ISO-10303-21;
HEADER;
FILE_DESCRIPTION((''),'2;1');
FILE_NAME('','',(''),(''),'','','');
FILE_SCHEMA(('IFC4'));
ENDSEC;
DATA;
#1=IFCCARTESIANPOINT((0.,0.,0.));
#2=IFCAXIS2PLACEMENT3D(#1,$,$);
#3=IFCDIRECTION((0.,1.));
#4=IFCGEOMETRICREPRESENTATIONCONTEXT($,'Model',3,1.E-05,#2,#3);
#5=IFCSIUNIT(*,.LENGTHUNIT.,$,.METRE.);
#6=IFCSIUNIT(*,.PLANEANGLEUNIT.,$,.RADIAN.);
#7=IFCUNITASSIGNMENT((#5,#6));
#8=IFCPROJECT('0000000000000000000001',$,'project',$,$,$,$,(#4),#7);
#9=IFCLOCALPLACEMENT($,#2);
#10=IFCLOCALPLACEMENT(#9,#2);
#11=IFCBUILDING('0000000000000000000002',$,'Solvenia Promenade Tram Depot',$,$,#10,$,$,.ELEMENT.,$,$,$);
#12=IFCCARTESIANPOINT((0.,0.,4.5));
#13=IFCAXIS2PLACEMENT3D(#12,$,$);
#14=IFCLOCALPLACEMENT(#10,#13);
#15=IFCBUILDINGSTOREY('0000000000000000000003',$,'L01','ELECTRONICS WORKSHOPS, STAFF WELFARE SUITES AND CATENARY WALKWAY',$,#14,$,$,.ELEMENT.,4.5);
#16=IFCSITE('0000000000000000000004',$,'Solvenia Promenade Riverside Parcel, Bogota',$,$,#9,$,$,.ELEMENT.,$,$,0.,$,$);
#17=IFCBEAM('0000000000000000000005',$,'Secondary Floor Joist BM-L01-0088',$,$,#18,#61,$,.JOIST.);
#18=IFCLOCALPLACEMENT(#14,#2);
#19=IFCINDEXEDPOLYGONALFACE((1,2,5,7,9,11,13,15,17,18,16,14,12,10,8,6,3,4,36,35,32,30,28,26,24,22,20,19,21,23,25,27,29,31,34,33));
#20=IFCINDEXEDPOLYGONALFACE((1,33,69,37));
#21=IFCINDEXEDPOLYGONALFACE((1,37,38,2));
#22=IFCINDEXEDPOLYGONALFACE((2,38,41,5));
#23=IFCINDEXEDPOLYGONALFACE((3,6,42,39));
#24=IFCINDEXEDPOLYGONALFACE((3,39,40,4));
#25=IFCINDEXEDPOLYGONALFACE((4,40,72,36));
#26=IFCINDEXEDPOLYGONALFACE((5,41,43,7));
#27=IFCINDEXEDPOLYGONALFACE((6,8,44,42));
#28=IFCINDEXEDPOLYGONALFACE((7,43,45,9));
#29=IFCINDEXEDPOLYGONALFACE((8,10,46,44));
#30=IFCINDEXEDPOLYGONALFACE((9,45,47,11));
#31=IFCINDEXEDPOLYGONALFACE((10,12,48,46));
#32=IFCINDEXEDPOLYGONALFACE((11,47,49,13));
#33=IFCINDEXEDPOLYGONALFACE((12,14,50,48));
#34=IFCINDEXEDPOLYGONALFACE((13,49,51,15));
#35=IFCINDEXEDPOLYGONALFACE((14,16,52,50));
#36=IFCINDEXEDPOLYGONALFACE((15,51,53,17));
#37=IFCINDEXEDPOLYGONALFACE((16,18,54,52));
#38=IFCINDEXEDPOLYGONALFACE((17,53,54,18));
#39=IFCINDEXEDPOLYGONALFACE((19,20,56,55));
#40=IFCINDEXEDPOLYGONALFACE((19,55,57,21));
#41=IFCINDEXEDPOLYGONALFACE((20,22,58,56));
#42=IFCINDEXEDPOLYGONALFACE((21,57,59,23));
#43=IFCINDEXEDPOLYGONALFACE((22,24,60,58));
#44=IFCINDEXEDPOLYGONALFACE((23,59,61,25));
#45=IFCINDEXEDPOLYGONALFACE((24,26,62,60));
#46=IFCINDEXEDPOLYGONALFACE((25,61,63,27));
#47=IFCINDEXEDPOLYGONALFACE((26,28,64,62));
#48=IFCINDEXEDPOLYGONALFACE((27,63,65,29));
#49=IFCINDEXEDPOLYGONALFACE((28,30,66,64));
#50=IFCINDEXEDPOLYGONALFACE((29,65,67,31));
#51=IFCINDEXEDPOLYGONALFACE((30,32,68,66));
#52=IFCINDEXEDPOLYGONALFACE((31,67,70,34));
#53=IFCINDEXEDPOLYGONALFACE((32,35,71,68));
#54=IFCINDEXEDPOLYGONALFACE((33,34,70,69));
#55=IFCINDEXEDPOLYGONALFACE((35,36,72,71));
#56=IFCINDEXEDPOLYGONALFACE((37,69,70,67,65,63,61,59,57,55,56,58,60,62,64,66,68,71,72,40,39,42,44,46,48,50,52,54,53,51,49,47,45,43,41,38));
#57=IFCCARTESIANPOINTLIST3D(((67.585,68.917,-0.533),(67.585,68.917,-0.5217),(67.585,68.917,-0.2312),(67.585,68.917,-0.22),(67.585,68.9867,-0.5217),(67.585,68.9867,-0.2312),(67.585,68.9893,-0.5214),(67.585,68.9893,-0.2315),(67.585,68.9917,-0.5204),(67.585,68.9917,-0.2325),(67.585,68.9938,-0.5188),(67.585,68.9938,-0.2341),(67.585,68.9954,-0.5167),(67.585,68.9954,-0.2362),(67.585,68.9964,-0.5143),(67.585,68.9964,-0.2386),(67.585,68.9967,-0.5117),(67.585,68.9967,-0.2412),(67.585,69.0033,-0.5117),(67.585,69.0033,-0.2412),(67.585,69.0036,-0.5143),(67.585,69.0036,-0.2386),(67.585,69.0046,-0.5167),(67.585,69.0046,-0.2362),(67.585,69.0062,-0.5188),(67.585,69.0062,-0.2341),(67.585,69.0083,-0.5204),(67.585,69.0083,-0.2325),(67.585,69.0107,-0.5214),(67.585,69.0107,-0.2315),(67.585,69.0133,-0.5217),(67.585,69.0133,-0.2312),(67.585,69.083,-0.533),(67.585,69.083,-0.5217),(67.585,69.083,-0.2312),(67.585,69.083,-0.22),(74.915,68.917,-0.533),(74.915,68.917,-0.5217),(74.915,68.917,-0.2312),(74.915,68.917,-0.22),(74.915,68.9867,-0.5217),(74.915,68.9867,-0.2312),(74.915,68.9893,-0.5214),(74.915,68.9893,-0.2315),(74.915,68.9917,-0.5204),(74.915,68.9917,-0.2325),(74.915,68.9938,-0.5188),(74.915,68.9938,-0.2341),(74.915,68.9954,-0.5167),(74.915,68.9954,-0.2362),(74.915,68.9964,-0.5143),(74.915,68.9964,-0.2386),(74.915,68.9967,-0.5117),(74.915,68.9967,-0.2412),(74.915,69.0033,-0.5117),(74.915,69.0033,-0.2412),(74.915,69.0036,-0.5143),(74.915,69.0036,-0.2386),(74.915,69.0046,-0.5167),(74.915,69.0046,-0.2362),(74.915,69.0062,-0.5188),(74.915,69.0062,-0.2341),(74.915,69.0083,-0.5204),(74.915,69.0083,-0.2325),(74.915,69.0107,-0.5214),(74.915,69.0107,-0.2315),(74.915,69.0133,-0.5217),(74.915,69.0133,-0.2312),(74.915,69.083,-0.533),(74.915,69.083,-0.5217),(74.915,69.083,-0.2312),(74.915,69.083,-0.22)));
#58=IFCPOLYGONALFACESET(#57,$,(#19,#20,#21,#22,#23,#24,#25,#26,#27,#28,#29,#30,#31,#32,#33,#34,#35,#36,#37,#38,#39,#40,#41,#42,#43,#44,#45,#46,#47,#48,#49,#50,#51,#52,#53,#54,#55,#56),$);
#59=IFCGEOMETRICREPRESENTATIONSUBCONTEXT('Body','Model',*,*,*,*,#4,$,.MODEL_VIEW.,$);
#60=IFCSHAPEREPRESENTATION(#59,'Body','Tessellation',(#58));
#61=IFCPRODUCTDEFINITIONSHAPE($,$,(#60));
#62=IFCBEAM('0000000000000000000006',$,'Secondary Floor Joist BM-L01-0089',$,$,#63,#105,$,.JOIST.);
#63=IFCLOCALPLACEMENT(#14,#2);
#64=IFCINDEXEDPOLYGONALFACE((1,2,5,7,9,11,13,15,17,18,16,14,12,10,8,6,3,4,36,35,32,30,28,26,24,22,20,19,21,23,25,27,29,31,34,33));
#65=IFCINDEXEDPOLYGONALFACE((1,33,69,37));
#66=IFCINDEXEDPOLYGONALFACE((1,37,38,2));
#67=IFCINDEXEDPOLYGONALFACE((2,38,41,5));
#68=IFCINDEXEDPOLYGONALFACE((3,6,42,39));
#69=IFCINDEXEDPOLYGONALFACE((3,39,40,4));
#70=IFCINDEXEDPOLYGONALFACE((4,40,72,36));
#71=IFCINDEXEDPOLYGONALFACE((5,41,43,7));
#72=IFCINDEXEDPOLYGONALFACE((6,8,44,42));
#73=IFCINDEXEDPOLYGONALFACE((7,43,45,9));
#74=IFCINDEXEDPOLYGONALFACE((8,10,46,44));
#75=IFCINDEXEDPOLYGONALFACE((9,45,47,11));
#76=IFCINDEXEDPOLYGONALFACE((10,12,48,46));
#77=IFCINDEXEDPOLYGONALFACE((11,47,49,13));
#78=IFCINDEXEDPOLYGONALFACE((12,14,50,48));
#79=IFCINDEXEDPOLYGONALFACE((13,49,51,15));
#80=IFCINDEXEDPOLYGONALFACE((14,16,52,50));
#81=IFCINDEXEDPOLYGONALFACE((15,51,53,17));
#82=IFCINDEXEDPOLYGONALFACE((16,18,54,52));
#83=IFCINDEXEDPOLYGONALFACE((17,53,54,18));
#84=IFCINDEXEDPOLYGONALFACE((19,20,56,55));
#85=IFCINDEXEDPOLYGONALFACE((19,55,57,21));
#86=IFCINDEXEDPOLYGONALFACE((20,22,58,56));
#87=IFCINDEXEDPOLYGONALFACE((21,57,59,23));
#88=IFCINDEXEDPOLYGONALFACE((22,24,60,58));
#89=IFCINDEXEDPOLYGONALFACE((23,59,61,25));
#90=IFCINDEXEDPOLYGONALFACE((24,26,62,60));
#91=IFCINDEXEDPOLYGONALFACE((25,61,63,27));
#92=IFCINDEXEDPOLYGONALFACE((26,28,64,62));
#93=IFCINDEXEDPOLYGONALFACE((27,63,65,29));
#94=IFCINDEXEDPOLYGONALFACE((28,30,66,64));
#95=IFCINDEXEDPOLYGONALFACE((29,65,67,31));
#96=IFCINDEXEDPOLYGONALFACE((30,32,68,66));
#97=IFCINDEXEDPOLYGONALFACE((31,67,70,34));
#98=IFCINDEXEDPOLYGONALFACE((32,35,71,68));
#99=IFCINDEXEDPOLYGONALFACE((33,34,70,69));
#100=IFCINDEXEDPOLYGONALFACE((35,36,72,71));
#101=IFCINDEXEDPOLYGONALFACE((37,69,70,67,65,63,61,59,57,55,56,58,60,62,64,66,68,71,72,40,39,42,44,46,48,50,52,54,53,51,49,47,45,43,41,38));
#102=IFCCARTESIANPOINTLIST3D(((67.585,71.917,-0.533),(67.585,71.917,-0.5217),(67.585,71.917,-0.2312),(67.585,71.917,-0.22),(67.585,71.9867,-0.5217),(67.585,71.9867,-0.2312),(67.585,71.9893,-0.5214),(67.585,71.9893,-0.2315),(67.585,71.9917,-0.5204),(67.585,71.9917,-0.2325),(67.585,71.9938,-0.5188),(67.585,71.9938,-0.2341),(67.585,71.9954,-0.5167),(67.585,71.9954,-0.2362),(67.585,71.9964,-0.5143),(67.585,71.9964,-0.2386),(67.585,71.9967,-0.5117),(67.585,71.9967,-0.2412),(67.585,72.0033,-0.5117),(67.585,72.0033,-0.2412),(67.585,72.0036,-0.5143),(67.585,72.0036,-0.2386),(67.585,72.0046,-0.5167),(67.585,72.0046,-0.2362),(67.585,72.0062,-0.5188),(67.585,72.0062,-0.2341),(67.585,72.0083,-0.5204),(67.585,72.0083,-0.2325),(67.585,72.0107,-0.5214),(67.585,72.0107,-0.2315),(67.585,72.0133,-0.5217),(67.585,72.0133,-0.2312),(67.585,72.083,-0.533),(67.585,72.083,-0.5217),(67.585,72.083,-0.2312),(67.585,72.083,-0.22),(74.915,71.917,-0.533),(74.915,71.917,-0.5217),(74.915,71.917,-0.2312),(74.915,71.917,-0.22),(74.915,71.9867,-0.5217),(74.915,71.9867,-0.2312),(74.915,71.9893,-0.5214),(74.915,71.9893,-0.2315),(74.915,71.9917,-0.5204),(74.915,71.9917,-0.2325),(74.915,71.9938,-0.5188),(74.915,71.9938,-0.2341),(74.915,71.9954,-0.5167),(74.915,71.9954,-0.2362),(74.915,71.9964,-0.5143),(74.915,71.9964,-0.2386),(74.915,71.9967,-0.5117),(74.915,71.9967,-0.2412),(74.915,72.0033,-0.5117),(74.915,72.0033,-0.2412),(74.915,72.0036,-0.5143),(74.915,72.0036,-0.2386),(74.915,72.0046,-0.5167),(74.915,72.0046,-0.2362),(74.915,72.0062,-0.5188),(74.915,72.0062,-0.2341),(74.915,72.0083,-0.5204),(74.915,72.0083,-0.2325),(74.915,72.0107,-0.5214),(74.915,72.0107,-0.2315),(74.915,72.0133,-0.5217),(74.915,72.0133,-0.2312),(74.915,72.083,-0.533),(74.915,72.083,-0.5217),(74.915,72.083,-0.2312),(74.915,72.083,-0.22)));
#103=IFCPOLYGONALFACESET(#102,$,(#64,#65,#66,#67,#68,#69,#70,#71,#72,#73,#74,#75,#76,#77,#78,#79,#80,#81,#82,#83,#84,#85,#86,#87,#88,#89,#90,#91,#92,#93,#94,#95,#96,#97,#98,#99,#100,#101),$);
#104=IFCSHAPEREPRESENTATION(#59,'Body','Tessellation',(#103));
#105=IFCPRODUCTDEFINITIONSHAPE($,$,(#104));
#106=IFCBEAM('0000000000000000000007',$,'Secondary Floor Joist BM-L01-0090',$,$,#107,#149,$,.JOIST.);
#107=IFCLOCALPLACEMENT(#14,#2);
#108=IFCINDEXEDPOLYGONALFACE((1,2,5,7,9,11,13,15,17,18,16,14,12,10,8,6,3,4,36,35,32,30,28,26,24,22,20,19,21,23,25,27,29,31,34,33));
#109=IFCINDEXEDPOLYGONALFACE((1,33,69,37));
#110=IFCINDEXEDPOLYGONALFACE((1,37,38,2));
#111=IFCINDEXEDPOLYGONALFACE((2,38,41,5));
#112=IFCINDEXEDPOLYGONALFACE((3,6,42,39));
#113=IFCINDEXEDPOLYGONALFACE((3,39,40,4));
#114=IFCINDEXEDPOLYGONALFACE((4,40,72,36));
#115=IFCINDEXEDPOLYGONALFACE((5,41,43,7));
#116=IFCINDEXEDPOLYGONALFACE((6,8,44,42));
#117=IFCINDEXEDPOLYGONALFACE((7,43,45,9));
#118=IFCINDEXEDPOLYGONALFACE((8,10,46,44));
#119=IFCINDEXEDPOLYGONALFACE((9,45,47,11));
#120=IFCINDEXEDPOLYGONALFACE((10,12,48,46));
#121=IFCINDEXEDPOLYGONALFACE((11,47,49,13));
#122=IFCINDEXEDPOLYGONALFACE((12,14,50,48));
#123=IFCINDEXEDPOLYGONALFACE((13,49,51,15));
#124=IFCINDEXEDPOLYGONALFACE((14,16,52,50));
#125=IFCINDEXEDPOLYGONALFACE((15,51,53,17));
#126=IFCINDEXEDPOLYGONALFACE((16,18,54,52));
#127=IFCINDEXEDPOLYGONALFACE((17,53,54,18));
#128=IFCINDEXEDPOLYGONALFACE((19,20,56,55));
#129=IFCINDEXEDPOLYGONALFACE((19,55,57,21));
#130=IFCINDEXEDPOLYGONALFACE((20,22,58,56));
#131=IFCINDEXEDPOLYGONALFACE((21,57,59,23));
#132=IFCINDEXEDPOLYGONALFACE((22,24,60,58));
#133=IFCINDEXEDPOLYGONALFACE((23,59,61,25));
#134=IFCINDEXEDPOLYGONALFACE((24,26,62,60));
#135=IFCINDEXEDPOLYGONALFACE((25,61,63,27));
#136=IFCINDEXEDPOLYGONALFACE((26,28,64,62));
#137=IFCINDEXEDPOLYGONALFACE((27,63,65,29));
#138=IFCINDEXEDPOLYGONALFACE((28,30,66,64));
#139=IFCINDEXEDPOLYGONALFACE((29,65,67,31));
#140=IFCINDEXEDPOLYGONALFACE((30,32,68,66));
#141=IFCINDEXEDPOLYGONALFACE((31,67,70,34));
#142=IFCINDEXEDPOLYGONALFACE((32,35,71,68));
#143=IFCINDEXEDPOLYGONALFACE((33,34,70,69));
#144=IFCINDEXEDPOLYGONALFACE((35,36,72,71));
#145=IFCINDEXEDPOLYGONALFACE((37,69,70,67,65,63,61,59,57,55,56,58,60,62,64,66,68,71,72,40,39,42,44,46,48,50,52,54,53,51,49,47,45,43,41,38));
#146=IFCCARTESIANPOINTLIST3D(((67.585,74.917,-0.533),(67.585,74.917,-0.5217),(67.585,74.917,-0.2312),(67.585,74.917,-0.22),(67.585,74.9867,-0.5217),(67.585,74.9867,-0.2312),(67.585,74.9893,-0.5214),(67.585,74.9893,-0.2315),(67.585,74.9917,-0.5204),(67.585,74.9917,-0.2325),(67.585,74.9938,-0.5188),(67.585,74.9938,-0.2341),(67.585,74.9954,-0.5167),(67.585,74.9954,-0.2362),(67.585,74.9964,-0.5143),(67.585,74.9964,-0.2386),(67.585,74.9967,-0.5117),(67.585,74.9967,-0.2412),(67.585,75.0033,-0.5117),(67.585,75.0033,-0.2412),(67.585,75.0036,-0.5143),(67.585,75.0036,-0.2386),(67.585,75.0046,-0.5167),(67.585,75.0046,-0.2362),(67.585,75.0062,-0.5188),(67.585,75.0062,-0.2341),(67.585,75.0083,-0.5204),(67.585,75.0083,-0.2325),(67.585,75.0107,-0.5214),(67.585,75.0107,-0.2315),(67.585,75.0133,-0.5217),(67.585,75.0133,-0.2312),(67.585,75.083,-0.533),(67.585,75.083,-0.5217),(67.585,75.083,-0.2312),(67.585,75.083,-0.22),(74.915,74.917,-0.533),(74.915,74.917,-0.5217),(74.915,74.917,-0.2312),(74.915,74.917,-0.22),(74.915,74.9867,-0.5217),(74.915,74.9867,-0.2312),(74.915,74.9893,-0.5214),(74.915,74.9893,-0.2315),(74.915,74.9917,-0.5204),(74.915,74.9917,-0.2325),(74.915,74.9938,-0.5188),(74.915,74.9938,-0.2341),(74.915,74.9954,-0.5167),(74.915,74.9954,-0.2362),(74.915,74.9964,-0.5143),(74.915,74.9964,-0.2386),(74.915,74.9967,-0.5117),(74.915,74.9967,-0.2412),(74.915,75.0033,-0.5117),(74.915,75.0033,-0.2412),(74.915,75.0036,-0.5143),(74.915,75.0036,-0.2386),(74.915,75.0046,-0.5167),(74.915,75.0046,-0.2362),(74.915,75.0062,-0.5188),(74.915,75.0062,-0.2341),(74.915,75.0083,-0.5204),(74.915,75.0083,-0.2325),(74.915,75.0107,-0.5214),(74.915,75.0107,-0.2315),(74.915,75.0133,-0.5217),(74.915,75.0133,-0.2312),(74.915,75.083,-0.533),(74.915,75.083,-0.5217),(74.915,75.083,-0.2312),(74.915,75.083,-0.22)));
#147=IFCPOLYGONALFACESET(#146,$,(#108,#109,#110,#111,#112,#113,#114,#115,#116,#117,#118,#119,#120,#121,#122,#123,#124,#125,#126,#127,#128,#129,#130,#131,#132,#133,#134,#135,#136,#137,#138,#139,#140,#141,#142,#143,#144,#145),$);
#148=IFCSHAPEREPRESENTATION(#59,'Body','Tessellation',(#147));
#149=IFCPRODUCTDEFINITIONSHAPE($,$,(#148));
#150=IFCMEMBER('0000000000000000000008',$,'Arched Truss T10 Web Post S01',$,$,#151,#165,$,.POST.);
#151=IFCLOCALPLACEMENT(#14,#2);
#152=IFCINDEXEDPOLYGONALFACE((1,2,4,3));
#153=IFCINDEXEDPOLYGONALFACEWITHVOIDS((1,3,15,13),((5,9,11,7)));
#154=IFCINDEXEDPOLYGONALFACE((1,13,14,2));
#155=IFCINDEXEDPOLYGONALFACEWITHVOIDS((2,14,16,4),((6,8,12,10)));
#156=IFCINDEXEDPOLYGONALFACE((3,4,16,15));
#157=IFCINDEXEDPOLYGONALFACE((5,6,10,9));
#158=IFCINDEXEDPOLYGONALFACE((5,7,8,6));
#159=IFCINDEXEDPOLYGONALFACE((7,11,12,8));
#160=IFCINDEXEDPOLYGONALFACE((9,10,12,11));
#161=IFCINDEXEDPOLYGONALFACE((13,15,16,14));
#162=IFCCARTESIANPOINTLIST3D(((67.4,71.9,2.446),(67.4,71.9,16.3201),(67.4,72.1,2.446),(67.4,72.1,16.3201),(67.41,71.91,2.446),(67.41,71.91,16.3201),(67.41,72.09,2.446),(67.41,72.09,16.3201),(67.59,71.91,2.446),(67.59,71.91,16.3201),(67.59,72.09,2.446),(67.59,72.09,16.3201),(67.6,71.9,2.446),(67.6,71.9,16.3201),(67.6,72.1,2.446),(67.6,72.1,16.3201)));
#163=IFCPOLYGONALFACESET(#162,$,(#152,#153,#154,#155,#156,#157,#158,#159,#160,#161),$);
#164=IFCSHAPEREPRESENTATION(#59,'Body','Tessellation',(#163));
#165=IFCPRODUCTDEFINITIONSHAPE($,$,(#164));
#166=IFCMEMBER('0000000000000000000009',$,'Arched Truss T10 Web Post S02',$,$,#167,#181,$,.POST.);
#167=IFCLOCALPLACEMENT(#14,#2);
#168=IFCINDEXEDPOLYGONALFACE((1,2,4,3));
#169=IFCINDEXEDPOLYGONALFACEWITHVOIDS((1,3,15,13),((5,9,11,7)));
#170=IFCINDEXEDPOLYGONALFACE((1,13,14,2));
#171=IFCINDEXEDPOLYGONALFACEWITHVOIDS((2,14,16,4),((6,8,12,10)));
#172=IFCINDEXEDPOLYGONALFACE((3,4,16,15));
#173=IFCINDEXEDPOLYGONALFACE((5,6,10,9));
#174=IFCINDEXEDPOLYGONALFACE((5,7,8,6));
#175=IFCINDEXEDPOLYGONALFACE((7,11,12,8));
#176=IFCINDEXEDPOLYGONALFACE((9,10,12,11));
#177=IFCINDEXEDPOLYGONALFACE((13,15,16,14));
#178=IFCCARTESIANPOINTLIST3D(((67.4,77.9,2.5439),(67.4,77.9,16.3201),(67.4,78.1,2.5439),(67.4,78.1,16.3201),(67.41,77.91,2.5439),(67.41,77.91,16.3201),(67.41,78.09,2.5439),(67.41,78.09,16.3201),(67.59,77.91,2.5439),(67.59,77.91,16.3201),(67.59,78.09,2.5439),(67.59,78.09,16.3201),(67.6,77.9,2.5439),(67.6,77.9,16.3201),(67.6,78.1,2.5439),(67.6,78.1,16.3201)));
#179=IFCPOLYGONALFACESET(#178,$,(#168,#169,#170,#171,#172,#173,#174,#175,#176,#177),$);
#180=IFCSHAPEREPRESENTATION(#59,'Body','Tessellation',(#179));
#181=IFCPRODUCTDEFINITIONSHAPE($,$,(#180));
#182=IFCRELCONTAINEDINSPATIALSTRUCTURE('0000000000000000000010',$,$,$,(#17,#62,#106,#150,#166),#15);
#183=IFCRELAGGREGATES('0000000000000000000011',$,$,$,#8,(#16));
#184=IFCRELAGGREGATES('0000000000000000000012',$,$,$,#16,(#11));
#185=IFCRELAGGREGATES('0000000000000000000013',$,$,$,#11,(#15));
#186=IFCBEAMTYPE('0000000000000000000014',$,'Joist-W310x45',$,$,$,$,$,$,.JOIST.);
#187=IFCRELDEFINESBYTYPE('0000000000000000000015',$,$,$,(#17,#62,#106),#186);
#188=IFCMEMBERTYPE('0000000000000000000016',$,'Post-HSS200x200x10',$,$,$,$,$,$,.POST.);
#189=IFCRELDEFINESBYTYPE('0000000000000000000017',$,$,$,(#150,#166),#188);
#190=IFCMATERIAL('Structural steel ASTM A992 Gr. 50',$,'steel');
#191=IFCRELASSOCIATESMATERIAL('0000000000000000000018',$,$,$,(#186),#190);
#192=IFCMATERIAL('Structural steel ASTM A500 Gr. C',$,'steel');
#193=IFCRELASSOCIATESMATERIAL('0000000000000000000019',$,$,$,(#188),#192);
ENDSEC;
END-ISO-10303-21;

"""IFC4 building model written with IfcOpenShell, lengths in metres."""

from ifc_helpers import new_model, si_unit, direction, frame, origin, origin_2d, place, context, subcontext, project, spatial, hollow_rectangle, i_section, extrude, material, material_profile, profile_set, type_object, element, save


model = new_model("IFC4")

# Units and contexts
model_context = context("Model", 3, precision=1e-05, world=origin(), true_north=direction((0.0, 1.0)))
body_context = subcontext(model_context, "Body", "Model", "MODEL_VIEW")
ifc_project = project(units=[si_unit("LENGTHUNIT", "METRE"), si_unit("PLANEANGLEUNIT", "RADIAN")], contexts=[model_context])

# Site, building, storey
site_placement = place(None, origin())
site = spatial("IfcSite", under=ifc_project, at=site_placement, Name="Solvenia Promenade Riverside Parcel, Bogota", CompositionType="ELEMENT", RefElevation=0.0)
building_placement = place(site_placement, origin())
building = spatial("IfcBuilding", under=site, at=building_placement, Name="Solvenia Promenade Tram Depot", CompositionType="ELEMENT")
storey_placement = place(building_placement, frame((0.0, 0.0, 4.5)))
storey = spatial("IfcBuildingStorey", under=building, at=storey_placement, Name="L01", Description="ELECTRONICS WORKSHOPS, STAFF WELFARE SUITES AND CATENARY WALKWAY", CompositionType="ELEMENT", Elevation=4.5)

# Shared definitions
ifc_material_1 = material(Name="Structural steel ASTM A992 Gr. 50", Category="steel")

# Shared definitions
ifc_material_2 = material(Name="Structural steel ASTM A500 Gr. C", Category="steel")

# Beams
ifc_material_profile_1 = material_profile(ifc_material_1, i_section(OverallWidth=0.166, OverallDepth=0.313, WebThickness=0.0066, FlangeThickness=0.0112, FilletRadius=0.01, at=origin_2d()), Name="W310x45", Category="steel")
ifc_profile_set_1 = profile_set([ifc_material_profile_1], Name="Structural steel ASTM A992 Gr. 50")
beam_type_1 = type_object("IfcBeamType", Name="Joist-W310x45", PredefinedType="JOIST", material=ifc_profile_set_1)
for number, where, z_axis, x_axis, name in (
    (1, (67.585, 69.0, -0.3765), (1.0, 0.0, 0.0), (0.0, 1.0, 0.0), "Secondary Floor Joist BM-L01-0088"),
    (2, (67.585, 72.0, -0.3765), (1.0, 0.0, 0.0), (0.0, 1.0, 0.0), "Secondary Floor Joist BM-L01-0089"),
    (3, (67.585, 75.0, -0.3765), (1.0, 0.0, 0.0), (0.0, 1.0, 0.0), "Secondary Floor Joist BM-L01-0090"),
):
    element("IfcBeam", number, at=place(storey_placement, frame(where, z_axis=z_axis, x_axis=x_axis)), inside=storey, type_object=beam_type_1, Name=name, PredefinedType="JOIST", context=body_context, shape_type="SweptSolid", body=[
        extrude(i_section(OverallWidth=0.166, OverallDepth=0.313, WebThickness=0.0066, FlangeThickness=0.0112, FilletRadius=0.01, at=origin_2d()), origin(), (0.0, 0.0, 1.0), 7.3301),
    ])

# Members
ifc_material_profile_2 = material_profile(ifc_material_2, hollow_rectangle(XDim=0.2, YDim=0.2, WallThickness=0.01, at=origin_2d()), Name="HSS200x200x10", Category="steel")
ifc_profile_set_2 = profile_set([ifc_material_profile_2], Name="Structural steel ASTM A500 Gr. C")
member_type_1 = type_object("IfcMemberType", Name="Post-HSS200x200x10", PredefinedType="POST", material=ifc_profile_set_2)
member_1_placement = place(storey_placement, frame((67.5, 72.0, 2.446), z_axis=(0.0, 0.0, 1.0), x_axis=(1.0, 0.0, 0.0)))
element("IfcMember", 4, at=member_1_placement, inside=storey, type_object=member_type_1, Name="Arched Truss T10 Web Post S01", PredefinedType="POST", context=body_context, shape_type="SweptSolid", body=[
    extrude(hollow_rectangle(XDim=0.2, YDim=0.2, WallThickness=0.01, at=origin_2d()), origin(), (0.0, 0.0, 1.0), 13.874),
])
member_2_placement = place(storey_placement, frame((67.5, 78.0, 2.5439), z_axis=(0.0, 0.0, 1.0), x_axis=(1.0, 0.0, 0.0)))
element("IfcMember", 5, at=member_2_placement, inside=storey, type_object=member_type_1, Name="Arched Truss T10 Web Post S02", PredefinedType="POST", context=body_context, shape_type="SweptSolid", body=[
    extrude(hollow_rectangle(XDim=0.2, YDim=0.2, WallThickness=0.01, at=origin_2d()), origin(), (0.0, 0.0, 1.0), 13.7761),
])

save(model, "model.ifc")
